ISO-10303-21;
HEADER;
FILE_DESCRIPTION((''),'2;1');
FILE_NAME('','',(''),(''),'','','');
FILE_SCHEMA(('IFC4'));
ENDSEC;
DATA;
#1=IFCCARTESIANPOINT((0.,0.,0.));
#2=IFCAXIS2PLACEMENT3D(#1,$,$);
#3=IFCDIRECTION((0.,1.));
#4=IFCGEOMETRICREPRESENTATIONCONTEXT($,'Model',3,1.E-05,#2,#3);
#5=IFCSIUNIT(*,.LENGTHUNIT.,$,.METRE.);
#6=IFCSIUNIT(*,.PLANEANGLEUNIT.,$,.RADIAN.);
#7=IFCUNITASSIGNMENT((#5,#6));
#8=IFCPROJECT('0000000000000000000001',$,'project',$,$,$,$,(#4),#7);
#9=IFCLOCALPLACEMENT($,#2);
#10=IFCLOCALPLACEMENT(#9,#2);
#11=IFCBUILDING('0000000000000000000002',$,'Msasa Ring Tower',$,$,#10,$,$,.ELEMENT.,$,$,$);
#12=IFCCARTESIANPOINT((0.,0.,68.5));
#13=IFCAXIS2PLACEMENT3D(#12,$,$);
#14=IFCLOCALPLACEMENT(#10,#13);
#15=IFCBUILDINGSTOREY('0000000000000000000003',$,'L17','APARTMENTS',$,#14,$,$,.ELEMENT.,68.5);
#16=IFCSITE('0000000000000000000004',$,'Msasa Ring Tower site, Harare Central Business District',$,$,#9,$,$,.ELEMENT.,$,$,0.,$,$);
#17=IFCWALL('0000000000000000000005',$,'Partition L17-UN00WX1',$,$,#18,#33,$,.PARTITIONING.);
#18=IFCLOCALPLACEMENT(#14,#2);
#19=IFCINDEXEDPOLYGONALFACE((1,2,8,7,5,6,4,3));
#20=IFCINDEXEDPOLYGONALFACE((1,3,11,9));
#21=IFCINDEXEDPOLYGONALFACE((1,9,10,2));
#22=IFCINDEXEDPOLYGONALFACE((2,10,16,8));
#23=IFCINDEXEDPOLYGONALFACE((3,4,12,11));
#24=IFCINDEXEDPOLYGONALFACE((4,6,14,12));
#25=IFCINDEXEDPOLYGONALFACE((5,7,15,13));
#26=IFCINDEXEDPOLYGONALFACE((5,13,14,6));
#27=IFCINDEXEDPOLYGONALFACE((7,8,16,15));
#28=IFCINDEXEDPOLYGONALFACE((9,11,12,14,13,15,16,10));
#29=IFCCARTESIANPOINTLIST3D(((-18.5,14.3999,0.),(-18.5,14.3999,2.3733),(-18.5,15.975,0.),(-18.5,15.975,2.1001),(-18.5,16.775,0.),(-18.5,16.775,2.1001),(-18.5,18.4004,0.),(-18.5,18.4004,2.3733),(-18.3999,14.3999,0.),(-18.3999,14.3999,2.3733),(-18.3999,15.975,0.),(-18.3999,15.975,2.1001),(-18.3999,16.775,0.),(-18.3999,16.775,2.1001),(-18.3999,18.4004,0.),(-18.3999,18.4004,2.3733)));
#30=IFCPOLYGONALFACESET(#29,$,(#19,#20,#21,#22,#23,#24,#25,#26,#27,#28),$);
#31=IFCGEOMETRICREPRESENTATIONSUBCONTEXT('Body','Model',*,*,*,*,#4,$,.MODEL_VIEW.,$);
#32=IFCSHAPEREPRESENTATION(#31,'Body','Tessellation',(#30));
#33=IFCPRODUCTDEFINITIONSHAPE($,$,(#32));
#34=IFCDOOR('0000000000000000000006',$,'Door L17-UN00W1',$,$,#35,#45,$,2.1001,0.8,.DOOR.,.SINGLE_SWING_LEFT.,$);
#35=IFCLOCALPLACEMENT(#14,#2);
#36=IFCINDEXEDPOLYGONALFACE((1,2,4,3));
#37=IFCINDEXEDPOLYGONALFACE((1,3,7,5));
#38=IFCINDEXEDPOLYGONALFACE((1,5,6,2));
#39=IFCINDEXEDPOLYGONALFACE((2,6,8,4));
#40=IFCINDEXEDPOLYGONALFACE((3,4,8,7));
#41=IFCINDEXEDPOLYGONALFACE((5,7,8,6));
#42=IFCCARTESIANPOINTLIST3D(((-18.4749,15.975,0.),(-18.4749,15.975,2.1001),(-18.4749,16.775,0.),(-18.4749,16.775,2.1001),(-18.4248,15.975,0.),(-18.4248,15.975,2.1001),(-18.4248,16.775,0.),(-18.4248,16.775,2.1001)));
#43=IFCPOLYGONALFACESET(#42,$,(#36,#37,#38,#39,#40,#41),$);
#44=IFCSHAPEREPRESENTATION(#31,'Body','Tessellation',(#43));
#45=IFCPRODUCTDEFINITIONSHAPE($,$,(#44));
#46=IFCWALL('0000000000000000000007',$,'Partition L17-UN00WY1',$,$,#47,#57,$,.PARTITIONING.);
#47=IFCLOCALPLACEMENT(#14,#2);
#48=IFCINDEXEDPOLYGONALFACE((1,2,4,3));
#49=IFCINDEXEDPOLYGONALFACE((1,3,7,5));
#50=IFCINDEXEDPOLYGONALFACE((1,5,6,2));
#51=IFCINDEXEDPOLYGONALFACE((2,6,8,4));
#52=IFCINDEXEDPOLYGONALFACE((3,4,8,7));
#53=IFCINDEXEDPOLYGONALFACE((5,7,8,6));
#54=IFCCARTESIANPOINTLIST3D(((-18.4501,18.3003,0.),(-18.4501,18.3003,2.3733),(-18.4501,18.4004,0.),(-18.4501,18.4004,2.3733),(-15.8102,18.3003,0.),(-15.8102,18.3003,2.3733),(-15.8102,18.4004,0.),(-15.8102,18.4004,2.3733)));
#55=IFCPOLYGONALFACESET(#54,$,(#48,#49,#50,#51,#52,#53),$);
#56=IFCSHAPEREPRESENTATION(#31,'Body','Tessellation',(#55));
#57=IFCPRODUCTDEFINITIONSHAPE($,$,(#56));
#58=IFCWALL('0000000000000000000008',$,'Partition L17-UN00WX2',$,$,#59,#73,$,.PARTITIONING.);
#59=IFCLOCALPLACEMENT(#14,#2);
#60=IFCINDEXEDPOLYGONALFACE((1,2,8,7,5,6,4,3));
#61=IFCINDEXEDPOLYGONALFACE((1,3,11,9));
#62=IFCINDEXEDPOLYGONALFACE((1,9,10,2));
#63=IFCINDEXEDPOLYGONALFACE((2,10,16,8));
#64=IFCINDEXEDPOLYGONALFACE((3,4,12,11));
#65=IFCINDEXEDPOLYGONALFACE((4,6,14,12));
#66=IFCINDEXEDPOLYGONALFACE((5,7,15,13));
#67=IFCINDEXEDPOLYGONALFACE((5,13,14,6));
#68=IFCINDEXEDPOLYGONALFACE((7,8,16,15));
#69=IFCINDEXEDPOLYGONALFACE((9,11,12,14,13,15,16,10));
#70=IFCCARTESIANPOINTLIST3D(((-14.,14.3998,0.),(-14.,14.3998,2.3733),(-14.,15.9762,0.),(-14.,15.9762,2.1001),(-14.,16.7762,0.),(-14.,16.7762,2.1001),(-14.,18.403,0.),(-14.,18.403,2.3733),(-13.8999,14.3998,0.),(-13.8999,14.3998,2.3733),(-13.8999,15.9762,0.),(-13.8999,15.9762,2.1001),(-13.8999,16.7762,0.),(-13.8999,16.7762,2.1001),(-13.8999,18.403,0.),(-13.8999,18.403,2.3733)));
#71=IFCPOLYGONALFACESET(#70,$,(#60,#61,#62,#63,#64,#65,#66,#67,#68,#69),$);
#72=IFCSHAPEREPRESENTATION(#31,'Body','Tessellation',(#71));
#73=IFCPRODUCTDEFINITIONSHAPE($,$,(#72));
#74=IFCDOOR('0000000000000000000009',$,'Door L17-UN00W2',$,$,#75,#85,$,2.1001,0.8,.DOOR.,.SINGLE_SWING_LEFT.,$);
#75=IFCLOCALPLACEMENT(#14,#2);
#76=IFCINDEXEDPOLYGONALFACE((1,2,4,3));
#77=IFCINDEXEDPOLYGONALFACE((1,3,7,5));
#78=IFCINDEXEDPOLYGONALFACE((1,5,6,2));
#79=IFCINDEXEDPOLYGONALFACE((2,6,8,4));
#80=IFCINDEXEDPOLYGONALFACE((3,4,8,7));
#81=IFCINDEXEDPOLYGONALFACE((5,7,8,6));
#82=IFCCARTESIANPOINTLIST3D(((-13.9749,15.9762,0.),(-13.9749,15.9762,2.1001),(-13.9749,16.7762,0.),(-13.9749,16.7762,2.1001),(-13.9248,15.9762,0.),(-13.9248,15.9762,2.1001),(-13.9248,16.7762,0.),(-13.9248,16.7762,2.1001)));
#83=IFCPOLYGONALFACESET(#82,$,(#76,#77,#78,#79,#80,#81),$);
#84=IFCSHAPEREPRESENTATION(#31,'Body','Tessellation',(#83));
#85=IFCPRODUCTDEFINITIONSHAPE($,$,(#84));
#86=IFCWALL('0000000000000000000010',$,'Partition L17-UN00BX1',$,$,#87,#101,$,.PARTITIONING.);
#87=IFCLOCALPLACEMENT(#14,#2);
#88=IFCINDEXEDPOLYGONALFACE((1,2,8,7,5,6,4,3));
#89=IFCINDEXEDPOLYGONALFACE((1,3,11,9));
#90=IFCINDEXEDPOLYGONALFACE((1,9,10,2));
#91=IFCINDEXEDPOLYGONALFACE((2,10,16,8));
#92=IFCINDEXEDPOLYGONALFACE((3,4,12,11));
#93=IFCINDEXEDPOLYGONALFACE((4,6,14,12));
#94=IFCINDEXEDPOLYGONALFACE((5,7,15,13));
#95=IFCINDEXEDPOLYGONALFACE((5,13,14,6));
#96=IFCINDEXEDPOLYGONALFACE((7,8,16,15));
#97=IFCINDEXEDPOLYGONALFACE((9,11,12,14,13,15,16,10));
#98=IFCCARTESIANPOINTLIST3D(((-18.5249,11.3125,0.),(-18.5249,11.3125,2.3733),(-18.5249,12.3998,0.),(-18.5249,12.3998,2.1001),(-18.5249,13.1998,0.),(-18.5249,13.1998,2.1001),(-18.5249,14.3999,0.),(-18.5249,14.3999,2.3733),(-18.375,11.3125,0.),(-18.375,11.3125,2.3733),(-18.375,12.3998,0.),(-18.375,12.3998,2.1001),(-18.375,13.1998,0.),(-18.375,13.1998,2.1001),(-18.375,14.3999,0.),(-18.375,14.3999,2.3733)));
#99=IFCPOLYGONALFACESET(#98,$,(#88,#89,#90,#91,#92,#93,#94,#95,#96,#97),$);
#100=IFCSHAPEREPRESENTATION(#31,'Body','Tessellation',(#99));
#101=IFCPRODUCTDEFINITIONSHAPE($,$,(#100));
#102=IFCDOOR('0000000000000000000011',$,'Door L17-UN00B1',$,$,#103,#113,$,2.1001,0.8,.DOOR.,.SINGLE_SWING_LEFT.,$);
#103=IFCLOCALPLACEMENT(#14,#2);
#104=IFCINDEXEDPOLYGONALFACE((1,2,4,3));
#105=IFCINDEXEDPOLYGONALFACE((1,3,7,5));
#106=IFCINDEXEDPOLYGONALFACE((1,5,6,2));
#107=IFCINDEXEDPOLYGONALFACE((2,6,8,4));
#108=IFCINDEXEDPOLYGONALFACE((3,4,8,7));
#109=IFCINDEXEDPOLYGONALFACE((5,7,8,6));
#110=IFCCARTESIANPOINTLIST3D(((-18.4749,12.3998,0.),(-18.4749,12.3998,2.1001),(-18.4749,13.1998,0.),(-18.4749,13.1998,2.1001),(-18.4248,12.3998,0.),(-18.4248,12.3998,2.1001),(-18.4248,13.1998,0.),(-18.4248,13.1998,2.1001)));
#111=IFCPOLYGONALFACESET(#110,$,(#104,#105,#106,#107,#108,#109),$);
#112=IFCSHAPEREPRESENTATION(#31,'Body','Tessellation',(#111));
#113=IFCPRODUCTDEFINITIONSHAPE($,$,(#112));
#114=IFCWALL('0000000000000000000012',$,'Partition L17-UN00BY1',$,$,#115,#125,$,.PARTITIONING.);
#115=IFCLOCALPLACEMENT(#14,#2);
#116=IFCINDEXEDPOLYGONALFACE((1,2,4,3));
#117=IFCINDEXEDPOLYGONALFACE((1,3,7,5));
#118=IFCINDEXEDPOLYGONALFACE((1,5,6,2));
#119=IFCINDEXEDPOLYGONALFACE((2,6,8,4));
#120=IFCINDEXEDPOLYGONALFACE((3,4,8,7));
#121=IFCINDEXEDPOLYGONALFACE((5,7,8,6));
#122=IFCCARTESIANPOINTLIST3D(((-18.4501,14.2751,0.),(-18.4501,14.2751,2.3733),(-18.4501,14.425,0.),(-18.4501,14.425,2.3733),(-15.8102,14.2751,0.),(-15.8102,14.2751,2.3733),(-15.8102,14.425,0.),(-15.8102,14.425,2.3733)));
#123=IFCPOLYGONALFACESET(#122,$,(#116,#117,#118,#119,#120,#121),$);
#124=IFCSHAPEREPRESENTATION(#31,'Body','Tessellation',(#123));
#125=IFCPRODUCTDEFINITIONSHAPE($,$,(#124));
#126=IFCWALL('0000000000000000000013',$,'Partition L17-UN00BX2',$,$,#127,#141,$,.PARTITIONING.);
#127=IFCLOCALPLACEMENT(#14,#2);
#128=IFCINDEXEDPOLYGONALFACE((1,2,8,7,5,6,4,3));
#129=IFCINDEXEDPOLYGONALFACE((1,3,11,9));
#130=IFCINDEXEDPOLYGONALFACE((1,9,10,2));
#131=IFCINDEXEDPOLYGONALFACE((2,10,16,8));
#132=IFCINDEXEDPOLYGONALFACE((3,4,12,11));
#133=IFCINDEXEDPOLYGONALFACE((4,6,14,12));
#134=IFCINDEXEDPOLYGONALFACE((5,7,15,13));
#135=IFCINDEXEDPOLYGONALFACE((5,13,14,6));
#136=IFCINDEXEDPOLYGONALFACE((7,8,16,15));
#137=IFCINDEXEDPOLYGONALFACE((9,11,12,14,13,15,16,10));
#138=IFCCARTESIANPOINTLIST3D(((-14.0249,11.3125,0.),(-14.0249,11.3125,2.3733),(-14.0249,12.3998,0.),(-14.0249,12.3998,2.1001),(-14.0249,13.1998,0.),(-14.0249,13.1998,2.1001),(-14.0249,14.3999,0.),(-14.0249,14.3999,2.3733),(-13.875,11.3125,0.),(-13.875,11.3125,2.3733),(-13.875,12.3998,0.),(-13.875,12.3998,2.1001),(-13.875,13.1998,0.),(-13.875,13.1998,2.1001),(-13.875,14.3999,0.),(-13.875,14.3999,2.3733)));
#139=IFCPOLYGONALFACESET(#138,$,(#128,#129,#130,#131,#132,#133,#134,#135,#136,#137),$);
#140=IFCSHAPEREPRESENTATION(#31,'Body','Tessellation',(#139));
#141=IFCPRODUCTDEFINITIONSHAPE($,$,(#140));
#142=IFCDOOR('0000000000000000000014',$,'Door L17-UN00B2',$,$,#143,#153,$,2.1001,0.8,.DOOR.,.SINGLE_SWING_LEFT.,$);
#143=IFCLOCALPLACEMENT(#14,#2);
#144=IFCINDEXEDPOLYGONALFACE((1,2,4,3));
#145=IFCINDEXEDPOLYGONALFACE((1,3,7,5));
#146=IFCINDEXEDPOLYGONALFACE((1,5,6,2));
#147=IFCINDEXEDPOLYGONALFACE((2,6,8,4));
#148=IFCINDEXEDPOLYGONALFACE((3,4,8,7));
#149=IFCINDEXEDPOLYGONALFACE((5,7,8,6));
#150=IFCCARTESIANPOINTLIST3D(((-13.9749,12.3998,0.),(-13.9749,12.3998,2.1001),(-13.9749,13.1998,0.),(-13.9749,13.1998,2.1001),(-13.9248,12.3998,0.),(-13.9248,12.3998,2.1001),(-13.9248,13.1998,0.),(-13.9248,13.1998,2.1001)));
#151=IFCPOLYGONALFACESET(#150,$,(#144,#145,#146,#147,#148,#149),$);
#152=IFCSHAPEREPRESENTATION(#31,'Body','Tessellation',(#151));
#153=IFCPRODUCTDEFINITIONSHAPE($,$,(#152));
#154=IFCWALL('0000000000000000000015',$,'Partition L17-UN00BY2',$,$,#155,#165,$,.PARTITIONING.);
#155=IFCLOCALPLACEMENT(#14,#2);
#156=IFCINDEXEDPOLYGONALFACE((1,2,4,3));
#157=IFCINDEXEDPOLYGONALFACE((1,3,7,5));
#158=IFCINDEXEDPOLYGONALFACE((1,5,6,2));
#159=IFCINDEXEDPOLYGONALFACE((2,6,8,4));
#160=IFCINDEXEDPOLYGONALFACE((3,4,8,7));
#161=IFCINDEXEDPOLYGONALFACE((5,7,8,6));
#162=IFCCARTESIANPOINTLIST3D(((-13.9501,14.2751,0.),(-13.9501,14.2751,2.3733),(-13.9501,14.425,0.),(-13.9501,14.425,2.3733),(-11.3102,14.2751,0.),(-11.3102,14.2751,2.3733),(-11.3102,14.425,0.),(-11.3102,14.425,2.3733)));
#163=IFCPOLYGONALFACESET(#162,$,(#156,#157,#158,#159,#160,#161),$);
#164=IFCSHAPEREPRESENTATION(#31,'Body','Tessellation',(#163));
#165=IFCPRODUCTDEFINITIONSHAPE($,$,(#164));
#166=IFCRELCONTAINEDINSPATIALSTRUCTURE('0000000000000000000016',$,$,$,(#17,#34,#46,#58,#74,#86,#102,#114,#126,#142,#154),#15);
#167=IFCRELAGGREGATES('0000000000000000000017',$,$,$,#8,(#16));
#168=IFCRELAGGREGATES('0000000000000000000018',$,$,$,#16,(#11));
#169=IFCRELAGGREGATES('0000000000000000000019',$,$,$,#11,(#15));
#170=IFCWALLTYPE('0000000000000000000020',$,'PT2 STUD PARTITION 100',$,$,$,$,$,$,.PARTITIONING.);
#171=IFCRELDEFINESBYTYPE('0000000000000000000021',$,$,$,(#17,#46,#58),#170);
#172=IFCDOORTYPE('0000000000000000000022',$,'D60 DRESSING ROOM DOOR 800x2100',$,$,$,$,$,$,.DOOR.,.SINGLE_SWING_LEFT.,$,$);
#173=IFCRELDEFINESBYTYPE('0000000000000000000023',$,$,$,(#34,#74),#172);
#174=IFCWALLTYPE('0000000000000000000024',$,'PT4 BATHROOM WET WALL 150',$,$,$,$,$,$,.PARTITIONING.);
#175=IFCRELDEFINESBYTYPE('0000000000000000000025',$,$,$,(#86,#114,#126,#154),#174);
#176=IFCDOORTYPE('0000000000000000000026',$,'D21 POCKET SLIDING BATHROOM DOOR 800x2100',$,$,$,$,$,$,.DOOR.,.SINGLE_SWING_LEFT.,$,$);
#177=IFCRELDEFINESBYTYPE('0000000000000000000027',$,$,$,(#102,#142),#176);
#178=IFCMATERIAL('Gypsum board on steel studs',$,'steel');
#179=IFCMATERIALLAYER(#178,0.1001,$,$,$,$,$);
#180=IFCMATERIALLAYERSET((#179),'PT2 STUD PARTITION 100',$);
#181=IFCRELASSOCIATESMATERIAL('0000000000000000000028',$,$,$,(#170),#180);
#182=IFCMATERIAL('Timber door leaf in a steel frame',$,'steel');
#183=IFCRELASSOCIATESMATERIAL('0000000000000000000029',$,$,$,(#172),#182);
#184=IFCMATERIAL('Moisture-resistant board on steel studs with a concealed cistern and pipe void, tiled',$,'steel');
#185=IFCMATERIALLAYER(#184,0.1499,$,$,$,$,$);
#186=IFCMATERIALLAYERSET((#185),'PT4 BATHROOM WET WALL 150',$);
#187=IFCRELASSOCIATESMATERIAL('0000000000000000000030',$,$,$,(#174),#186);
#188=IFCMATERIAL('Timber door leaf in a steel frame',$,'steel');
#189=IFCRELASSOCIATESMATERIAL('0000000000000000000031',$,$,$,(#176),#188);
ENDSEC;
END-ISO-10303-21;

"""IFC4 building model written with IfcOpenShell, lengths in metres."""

from ifc_helpers import new_model, si_unit, direction, frame, frame_2d, origin, place, context, subcontext, project, spatial, rectangle, extrude, material, layer, layer_set, type_object, element, fill, save


model = new_model("IFC4")

# Units and contexts
model_context = context("Model", 3, precision=1e-05, world=origin(), true_north=direction((0.0, 1.0)))
body_context = subcontext(model_context, "Body", "Model", "MODEL_VIEW")
ifc_project = project(units=[si_unit("LENGTHUNIT", "METRE"), si_unit("PLANEANGLEUNIT", "RADIAN")], contexts=[model_context])

# Site, building, storey
site_placement = place(None, origin())
site = spatial("IfcSite", under=ifc_project, at=site_placement, Name="Msasa Ring Tower site, Harare Central Business District", CompositionType="ELEMENT", RefElevation=0.0)
building_placement = place(site_placement, origin())
building = spatial("IfcBuilding", under=site, at=building_placement, Name="Msasa Ring Tower", CompositionType="ELEMENT")
storey_placement = place(building_placement, frame((0.0, 0.0, 68.5)))
storey = spatial("IfcBuildingStorey", under=building, at=storey_placement, Name="L17", Description="APARTMENTS", CompositionType="ELEMENT", Elevation=68.5)

# Shared definitions
ifc_material_1 = material(Name="Gypsum board on steel studs", Category="steel")
ifc_layer_1 = layer(ifc_material_1, 0.1001)
ifc_layer_set_1 = layer_set([ifc_layer_1], Name="PT2 STUD PARTITION 100")
wall_type_1 = type_object("IfcWallType", Name="PT2 STUD PARTITION 100", PredefinedType="PARTITIONING", material=ifc_layer_set_1)

# Wall, opening, door
wall_1_placement = place(storey_placement, frame((-18.45, 14.3999, 0.0), z_axis=(0.0, 0.0, 1.0), x_axis=(0.0, 1.0, 0.0)))
wall_1 = element("IfcWall", 1, at=wall_1_placement, inside=storey, type_object=wall_type_1, Name="Partition L17-UN00WX1", PredefinedType="PARTITIONING", context=body_context, shape_type="SweptSolid", body=[
    extrude(rectangle(XDim=4.0005, YDim=0.1001, at=frame_2d((2.0002, 0.0))), origin(), (0.0, 0.0, 1.0), 2.3733),
])
opening_1_placement = place(wall_1_placement, frame((1.5752, 0.0, 0.0)))
opening_1 = element("IfcOpeningElement", 2, at=opening_1_placement, cuts=wall_1, PredefinedType="OPENING", context=body_context, shape_type="SweptSolid", body=[
    extrude(rectangle(XDim=0.8, YDim=2.1001, at=frame_2d((0.3999, 1.05))), frame((0.0, 0.0601, 0.0), z_axis=(0.0, -1.0, 0.0), x_axis=(1.0, 0.0, 0.0)), (0.0, 0.0, 1.0), 0.1201),
])
ifc_material_2 = material(Name="Timber door leaf in a steel frame", Category="steel")
door_type_1 = type_object("IfcDoorType", Name="D60 DRESSING ROOM DOOR 800x2100", OperationType="SINGLE_SWING_LEFT", PredefinedType="DOOR", material=ifc_material_2)
door_1_placement = place(opening_1_placement, origin())
door_1 = element("IfcDoor", 3, at=door_1_placement, inside=storey, type_object=door_type_1, Name="Door L17-UN00W1", OperationType="SINGLE_SWING_LEFT", OverallHeight=2.1001, OverallWidth=0.8, PredefinedType="DOOR", context=body_context, shape_type="SweptSolid", body=[
    extrude(rectangle(XDim=0.8, YDim=2.1001, at=frame_2d((0.3999, 1.05))), frame((0.0, 0.0249, 0.0), z_axis=(0.0, -1.0, 0.0), x_axis=(1.0, 0.0, 0.0)), (0.0, 0.0, 1.0), 0.05),
])
fill(opening_1, door_1)

# Wall
wall_2_placement = place(storey_placement, frame((-18.45, 18.3503, 0.0), z_axis=(0.0, 0.0, 1.0), x_axis=(1.0, 0.0, 0.0)))
element("IfcWall", 4, at=wall_2_placement, inside=storey, type_object=wall_type_1, Name="Partition L17-UN00WY1", PredefinedType="PARTITIONING", context=body_context, shape_type="SweptSolid", body=[
    extrude(rectangle(XDim=2.6399, YDim=0.1001, at=frame_2d((1.3198, 0.0))), origin(), (0.0, 0.0, 1.0), 2.3733),
])

# Walls, openings, doors
wall_3_placement = place(storey_placement, frame((-13.95, 14.3999, 0.0), z_axis=(0.0, 0.0, 1.0), x_axis=(0.0, 1.0, 0.0)))
wall_3 = element("IfcWall", 5, at=wall_3_placement, inside=storey, type_object=wall_type_1, Name="Partition L17-UN00WX2", PredefinedType="PARTITIONING", context=body_context, shape_type="SweptSolid", body=[
    extrude(rectangle(XDim=4.0032, YDim=0.1001, at=frame_2d((2.0015, 0.0))), origin(), (0.0, 0.0, 1.0), 2.3733),
])
opening_2_placement = place(wall_3_placement, frame((1.5764, 0.0, 0.0)))
opening_2 = element("IfcOpeningElement", 6, at=opening_2_placement, cuts=wall_3, PredefinedType="OPENING", context=body_context, shape_type="SweptSolid", body=[
    extrude(rectangle(XDim=0.8, YDim=2.1001, at=frame_2d((0.3999, 1.05))), frame((0.0, 0.0601, 0.0), z_axis=(0.0, -1.0, 0.0), x_axis=(1.0, 0.0, 0.0)), (0.0, 0.0, 1.0), 0.1201),
])
door_2_placement = place(opening_2_placement, origin())
door_2 = element("IfcDoor", 7, at=door_2_placement, inside=storey, type_object=door_type_1, Name="Door L17-UN00W2", OperationType="SINGLE_SWING_LEFT", OverallHeight=2.1001, OverallWidth=0.8, PredefinedType="DOOR", context=body_context, shape_type="SweptSolid", body=[
    extrude(rectangle(XDim=0.8, YDim=2.1001, at=frame_2d((0.3999, 1.05))), frame((0.0, 0.0249, 0.0), z_axis=(0.0, -1.0, 0.0), x_axis=(1.0, 0.0, 0.0)), (0.0, 0.0, 1.0), 0.05),
])
fill(opening_2, door_2)
ifc_material_3 = material(Name="Moisture-resistant board on steel studs with a concealed cistern and pipe void, tiled", Category="steel")
ifc_layer_2 = layer(ifc_material_3, 0.1499)
ifc_layer_set_2 = layer_set([ifc_layer_2], Name="PT4 BATHROOM WET WALL 150")
wall_type_2 = type_object("IfcWallType", Name="PT4 BATHROOM WET WALL 150", PredefinedType="PARTITIONING", material=ifc_layer_set_2)
wall_4_placement = place(storey_placement, frame((-18.45, 11.3125, 0.0), z_axis=(0.0, 0.0, 1.0), x_axis=(0.0, 1.0, 0.0)))
wall_4 = element("IfcWall", 8, at=wall_4_placement, inside=storey, type_object=wall_type_2, Name="Partition L17-UN00BX1", PredefinedType="PARTITIONING", context=body_context, shape_type="SweptSolid", body=[
    extrude(rectangle(XDim=3.0874, YDim=0.1499, at=frame_2d((1.5437, 0.0))), origin(), (0.0, 0.0, 1.0), 2.3733),
])
opening_3_placement = place(wall_4_placement, frame((1.0874, 0.0, 0.0)))
opening_3 = element("IfcOpeningElement", 9, at=opening_3_placement, cuts=wall_4, PredefinedType="OPENING", context=body_context, shape_type="SweptSolid", body=[
    extrude(rectangle(XDim=0.8, YDim=2.1001, at=frame_2d((0.3999, 1.05))), frame((0.0, 0.085, 0.0), z_axis=(0.0, -1.0, 0.0), x_axis=(1.0, 0.0, 0.0)), (0.0, 0.0, 1.0), 0.1699),
])
ifc_material_4 = material(Name="Timber door leaf in a steel frame", Category="steel")
door_type_2 = type_object("IfcDoorType", Name="D21 POCKET SLIDING BATHROOM DOOR 800x2100", OperationType="SINGLE_SWING_LEFT", PredefinedType="DOOR", material=ifc_material_4)
door_3_placement = place(opening_3_placement, origin())
door_3 = element("IfcDoor", 10, at=door_3_placement, inside=storey, type_object=door_type_2, Name="Door L17-UN00B1", OperationType="SINGLE_SWING_LEFT", OverallHeight=2.1001, OverallWidth=0.8, PredefinedType="DOOR", context=body_context, shape_type="SweptSolid", body=[
    extrude(rectangle(XDim=0.8, YDim=2.1001, at=frame_2d((0.3999, 1.05))), frame((0.0, 0.0249, 0.0), z_axis=(0.0, -1.0, 0.0), x_axis=(1.0, 0.0, 0.0)), (0.0, 0.0, 1.0), 0.05),
])
fill(opening_3, door_3)

# Wall
wall_5_placement = place(storey_placement, frame((-18.45, 14.3501, 0.0), z_axis=(0.0, 0.0, 1.0), x_axis=(1.0, 0.0, 0.0)))
element("IfcWall", 11, at=wall_5_placement, inside=storey, type_object=wall_type_2, Name="Partition L17-UN00BY1", PredefinedType="PARTITIONING", context=body_context, shape_type="SweptSolid", body=[
    extrude(rectangle(XDim=2.6399, YDim=0.1499, at=frame_2d((1.3198, 0.0))), origin(), (0.0, 0.0, 1.0), 2.3733),
])

# Wall, opening, door
wall_6_placement = place(storey_placement, frame((-13.95, 11.3125, 0.0), z_axis=(0.0, 0.0, 1.0), x_axis=(0.0, 1.0, 0.0)))
wall_6 = element("IfcWall", 12, at=wall_6_placement, inside=storey, type_object=wall_type_2, Name="Partition L17-UN00BX2", PredefinedType="PARTITIONING", context=body_context, shape_type="SweptSolid", body=[
    extrude(rectangle(XDim=3.0874, YDim=0.1499, at=frame_2d((1.5437, 0.0))), origin(), (0.0, 0.0, 1.0), 2.3733),
])
opening_4_placement = place(wall_6_placement, frame((1.0874, 0.0, 0.0)))
opening_4 = element("IfcOpeningElement", 13, at=opening_4_placement, cuts=wall_6, PredefinedType="OPENING", context=body_context, shape_type="SweptSolid", body=[
    extrude(rectangle(XDim=0.8, YDim=2.1001, at=frame_2d((0.3999, 1.05))), frame((0.0, 0.085, 0.0), z_axis=(0.0, -1.0, 0.0), x_axis=(1.0, 0.0, 0.0)), (0.0, 0.0, 1.0), 0.1699),
])
door_4_placement = place(opening_4_placement, origin())
door_4 = element("IfcDoor", 14, at=door_4_placement, inside=storey, type_object=door_type_2, Name="Door L17-UN00B2", OperationType="SINGLE_SWING_LEFT", OverallHeight=2.1001, OverallWidth=0.8, PredefinedType="DOOR", context=body_context, shape_type="SweptSolid", body=[
    extrude(rectangle(XDim=0.8, YDim=2.1001, at=frame_2d((0.3999, 1.05))), frame((0.0, 0.0249, 0.0), z_axis=(0.0, -1.0, 0.0), x_axis=(1.0, 0.0, 0.0)), (0.0, 0.0, 1.0), 0.05),
])
fill(opening_4, door_4)

# Wall
wall_7_placement = place(storey_placement, frame((-13.95, 14.3501, 0.0), z_axis=(0.0, 0.0, 1.0), x_axis=(1.0, 0.0, 0.0)))
element("IfcWall", 15, at=wall_7_placement, inside=storey, type_object=wall_type_2, Name="Partition L17-UN00BY2", PredefinedType="PARTITIONING", context=body_context, shape_type="SweptSolid", body=[
    extrude(rectangle(XDim=2.6399, YDim=0.1499, at=frame_2d((1.3198, 0.0))), origin(), (0.0, 0.0, 1.0), 2.3733),
])

save(model, "model.ifc")
